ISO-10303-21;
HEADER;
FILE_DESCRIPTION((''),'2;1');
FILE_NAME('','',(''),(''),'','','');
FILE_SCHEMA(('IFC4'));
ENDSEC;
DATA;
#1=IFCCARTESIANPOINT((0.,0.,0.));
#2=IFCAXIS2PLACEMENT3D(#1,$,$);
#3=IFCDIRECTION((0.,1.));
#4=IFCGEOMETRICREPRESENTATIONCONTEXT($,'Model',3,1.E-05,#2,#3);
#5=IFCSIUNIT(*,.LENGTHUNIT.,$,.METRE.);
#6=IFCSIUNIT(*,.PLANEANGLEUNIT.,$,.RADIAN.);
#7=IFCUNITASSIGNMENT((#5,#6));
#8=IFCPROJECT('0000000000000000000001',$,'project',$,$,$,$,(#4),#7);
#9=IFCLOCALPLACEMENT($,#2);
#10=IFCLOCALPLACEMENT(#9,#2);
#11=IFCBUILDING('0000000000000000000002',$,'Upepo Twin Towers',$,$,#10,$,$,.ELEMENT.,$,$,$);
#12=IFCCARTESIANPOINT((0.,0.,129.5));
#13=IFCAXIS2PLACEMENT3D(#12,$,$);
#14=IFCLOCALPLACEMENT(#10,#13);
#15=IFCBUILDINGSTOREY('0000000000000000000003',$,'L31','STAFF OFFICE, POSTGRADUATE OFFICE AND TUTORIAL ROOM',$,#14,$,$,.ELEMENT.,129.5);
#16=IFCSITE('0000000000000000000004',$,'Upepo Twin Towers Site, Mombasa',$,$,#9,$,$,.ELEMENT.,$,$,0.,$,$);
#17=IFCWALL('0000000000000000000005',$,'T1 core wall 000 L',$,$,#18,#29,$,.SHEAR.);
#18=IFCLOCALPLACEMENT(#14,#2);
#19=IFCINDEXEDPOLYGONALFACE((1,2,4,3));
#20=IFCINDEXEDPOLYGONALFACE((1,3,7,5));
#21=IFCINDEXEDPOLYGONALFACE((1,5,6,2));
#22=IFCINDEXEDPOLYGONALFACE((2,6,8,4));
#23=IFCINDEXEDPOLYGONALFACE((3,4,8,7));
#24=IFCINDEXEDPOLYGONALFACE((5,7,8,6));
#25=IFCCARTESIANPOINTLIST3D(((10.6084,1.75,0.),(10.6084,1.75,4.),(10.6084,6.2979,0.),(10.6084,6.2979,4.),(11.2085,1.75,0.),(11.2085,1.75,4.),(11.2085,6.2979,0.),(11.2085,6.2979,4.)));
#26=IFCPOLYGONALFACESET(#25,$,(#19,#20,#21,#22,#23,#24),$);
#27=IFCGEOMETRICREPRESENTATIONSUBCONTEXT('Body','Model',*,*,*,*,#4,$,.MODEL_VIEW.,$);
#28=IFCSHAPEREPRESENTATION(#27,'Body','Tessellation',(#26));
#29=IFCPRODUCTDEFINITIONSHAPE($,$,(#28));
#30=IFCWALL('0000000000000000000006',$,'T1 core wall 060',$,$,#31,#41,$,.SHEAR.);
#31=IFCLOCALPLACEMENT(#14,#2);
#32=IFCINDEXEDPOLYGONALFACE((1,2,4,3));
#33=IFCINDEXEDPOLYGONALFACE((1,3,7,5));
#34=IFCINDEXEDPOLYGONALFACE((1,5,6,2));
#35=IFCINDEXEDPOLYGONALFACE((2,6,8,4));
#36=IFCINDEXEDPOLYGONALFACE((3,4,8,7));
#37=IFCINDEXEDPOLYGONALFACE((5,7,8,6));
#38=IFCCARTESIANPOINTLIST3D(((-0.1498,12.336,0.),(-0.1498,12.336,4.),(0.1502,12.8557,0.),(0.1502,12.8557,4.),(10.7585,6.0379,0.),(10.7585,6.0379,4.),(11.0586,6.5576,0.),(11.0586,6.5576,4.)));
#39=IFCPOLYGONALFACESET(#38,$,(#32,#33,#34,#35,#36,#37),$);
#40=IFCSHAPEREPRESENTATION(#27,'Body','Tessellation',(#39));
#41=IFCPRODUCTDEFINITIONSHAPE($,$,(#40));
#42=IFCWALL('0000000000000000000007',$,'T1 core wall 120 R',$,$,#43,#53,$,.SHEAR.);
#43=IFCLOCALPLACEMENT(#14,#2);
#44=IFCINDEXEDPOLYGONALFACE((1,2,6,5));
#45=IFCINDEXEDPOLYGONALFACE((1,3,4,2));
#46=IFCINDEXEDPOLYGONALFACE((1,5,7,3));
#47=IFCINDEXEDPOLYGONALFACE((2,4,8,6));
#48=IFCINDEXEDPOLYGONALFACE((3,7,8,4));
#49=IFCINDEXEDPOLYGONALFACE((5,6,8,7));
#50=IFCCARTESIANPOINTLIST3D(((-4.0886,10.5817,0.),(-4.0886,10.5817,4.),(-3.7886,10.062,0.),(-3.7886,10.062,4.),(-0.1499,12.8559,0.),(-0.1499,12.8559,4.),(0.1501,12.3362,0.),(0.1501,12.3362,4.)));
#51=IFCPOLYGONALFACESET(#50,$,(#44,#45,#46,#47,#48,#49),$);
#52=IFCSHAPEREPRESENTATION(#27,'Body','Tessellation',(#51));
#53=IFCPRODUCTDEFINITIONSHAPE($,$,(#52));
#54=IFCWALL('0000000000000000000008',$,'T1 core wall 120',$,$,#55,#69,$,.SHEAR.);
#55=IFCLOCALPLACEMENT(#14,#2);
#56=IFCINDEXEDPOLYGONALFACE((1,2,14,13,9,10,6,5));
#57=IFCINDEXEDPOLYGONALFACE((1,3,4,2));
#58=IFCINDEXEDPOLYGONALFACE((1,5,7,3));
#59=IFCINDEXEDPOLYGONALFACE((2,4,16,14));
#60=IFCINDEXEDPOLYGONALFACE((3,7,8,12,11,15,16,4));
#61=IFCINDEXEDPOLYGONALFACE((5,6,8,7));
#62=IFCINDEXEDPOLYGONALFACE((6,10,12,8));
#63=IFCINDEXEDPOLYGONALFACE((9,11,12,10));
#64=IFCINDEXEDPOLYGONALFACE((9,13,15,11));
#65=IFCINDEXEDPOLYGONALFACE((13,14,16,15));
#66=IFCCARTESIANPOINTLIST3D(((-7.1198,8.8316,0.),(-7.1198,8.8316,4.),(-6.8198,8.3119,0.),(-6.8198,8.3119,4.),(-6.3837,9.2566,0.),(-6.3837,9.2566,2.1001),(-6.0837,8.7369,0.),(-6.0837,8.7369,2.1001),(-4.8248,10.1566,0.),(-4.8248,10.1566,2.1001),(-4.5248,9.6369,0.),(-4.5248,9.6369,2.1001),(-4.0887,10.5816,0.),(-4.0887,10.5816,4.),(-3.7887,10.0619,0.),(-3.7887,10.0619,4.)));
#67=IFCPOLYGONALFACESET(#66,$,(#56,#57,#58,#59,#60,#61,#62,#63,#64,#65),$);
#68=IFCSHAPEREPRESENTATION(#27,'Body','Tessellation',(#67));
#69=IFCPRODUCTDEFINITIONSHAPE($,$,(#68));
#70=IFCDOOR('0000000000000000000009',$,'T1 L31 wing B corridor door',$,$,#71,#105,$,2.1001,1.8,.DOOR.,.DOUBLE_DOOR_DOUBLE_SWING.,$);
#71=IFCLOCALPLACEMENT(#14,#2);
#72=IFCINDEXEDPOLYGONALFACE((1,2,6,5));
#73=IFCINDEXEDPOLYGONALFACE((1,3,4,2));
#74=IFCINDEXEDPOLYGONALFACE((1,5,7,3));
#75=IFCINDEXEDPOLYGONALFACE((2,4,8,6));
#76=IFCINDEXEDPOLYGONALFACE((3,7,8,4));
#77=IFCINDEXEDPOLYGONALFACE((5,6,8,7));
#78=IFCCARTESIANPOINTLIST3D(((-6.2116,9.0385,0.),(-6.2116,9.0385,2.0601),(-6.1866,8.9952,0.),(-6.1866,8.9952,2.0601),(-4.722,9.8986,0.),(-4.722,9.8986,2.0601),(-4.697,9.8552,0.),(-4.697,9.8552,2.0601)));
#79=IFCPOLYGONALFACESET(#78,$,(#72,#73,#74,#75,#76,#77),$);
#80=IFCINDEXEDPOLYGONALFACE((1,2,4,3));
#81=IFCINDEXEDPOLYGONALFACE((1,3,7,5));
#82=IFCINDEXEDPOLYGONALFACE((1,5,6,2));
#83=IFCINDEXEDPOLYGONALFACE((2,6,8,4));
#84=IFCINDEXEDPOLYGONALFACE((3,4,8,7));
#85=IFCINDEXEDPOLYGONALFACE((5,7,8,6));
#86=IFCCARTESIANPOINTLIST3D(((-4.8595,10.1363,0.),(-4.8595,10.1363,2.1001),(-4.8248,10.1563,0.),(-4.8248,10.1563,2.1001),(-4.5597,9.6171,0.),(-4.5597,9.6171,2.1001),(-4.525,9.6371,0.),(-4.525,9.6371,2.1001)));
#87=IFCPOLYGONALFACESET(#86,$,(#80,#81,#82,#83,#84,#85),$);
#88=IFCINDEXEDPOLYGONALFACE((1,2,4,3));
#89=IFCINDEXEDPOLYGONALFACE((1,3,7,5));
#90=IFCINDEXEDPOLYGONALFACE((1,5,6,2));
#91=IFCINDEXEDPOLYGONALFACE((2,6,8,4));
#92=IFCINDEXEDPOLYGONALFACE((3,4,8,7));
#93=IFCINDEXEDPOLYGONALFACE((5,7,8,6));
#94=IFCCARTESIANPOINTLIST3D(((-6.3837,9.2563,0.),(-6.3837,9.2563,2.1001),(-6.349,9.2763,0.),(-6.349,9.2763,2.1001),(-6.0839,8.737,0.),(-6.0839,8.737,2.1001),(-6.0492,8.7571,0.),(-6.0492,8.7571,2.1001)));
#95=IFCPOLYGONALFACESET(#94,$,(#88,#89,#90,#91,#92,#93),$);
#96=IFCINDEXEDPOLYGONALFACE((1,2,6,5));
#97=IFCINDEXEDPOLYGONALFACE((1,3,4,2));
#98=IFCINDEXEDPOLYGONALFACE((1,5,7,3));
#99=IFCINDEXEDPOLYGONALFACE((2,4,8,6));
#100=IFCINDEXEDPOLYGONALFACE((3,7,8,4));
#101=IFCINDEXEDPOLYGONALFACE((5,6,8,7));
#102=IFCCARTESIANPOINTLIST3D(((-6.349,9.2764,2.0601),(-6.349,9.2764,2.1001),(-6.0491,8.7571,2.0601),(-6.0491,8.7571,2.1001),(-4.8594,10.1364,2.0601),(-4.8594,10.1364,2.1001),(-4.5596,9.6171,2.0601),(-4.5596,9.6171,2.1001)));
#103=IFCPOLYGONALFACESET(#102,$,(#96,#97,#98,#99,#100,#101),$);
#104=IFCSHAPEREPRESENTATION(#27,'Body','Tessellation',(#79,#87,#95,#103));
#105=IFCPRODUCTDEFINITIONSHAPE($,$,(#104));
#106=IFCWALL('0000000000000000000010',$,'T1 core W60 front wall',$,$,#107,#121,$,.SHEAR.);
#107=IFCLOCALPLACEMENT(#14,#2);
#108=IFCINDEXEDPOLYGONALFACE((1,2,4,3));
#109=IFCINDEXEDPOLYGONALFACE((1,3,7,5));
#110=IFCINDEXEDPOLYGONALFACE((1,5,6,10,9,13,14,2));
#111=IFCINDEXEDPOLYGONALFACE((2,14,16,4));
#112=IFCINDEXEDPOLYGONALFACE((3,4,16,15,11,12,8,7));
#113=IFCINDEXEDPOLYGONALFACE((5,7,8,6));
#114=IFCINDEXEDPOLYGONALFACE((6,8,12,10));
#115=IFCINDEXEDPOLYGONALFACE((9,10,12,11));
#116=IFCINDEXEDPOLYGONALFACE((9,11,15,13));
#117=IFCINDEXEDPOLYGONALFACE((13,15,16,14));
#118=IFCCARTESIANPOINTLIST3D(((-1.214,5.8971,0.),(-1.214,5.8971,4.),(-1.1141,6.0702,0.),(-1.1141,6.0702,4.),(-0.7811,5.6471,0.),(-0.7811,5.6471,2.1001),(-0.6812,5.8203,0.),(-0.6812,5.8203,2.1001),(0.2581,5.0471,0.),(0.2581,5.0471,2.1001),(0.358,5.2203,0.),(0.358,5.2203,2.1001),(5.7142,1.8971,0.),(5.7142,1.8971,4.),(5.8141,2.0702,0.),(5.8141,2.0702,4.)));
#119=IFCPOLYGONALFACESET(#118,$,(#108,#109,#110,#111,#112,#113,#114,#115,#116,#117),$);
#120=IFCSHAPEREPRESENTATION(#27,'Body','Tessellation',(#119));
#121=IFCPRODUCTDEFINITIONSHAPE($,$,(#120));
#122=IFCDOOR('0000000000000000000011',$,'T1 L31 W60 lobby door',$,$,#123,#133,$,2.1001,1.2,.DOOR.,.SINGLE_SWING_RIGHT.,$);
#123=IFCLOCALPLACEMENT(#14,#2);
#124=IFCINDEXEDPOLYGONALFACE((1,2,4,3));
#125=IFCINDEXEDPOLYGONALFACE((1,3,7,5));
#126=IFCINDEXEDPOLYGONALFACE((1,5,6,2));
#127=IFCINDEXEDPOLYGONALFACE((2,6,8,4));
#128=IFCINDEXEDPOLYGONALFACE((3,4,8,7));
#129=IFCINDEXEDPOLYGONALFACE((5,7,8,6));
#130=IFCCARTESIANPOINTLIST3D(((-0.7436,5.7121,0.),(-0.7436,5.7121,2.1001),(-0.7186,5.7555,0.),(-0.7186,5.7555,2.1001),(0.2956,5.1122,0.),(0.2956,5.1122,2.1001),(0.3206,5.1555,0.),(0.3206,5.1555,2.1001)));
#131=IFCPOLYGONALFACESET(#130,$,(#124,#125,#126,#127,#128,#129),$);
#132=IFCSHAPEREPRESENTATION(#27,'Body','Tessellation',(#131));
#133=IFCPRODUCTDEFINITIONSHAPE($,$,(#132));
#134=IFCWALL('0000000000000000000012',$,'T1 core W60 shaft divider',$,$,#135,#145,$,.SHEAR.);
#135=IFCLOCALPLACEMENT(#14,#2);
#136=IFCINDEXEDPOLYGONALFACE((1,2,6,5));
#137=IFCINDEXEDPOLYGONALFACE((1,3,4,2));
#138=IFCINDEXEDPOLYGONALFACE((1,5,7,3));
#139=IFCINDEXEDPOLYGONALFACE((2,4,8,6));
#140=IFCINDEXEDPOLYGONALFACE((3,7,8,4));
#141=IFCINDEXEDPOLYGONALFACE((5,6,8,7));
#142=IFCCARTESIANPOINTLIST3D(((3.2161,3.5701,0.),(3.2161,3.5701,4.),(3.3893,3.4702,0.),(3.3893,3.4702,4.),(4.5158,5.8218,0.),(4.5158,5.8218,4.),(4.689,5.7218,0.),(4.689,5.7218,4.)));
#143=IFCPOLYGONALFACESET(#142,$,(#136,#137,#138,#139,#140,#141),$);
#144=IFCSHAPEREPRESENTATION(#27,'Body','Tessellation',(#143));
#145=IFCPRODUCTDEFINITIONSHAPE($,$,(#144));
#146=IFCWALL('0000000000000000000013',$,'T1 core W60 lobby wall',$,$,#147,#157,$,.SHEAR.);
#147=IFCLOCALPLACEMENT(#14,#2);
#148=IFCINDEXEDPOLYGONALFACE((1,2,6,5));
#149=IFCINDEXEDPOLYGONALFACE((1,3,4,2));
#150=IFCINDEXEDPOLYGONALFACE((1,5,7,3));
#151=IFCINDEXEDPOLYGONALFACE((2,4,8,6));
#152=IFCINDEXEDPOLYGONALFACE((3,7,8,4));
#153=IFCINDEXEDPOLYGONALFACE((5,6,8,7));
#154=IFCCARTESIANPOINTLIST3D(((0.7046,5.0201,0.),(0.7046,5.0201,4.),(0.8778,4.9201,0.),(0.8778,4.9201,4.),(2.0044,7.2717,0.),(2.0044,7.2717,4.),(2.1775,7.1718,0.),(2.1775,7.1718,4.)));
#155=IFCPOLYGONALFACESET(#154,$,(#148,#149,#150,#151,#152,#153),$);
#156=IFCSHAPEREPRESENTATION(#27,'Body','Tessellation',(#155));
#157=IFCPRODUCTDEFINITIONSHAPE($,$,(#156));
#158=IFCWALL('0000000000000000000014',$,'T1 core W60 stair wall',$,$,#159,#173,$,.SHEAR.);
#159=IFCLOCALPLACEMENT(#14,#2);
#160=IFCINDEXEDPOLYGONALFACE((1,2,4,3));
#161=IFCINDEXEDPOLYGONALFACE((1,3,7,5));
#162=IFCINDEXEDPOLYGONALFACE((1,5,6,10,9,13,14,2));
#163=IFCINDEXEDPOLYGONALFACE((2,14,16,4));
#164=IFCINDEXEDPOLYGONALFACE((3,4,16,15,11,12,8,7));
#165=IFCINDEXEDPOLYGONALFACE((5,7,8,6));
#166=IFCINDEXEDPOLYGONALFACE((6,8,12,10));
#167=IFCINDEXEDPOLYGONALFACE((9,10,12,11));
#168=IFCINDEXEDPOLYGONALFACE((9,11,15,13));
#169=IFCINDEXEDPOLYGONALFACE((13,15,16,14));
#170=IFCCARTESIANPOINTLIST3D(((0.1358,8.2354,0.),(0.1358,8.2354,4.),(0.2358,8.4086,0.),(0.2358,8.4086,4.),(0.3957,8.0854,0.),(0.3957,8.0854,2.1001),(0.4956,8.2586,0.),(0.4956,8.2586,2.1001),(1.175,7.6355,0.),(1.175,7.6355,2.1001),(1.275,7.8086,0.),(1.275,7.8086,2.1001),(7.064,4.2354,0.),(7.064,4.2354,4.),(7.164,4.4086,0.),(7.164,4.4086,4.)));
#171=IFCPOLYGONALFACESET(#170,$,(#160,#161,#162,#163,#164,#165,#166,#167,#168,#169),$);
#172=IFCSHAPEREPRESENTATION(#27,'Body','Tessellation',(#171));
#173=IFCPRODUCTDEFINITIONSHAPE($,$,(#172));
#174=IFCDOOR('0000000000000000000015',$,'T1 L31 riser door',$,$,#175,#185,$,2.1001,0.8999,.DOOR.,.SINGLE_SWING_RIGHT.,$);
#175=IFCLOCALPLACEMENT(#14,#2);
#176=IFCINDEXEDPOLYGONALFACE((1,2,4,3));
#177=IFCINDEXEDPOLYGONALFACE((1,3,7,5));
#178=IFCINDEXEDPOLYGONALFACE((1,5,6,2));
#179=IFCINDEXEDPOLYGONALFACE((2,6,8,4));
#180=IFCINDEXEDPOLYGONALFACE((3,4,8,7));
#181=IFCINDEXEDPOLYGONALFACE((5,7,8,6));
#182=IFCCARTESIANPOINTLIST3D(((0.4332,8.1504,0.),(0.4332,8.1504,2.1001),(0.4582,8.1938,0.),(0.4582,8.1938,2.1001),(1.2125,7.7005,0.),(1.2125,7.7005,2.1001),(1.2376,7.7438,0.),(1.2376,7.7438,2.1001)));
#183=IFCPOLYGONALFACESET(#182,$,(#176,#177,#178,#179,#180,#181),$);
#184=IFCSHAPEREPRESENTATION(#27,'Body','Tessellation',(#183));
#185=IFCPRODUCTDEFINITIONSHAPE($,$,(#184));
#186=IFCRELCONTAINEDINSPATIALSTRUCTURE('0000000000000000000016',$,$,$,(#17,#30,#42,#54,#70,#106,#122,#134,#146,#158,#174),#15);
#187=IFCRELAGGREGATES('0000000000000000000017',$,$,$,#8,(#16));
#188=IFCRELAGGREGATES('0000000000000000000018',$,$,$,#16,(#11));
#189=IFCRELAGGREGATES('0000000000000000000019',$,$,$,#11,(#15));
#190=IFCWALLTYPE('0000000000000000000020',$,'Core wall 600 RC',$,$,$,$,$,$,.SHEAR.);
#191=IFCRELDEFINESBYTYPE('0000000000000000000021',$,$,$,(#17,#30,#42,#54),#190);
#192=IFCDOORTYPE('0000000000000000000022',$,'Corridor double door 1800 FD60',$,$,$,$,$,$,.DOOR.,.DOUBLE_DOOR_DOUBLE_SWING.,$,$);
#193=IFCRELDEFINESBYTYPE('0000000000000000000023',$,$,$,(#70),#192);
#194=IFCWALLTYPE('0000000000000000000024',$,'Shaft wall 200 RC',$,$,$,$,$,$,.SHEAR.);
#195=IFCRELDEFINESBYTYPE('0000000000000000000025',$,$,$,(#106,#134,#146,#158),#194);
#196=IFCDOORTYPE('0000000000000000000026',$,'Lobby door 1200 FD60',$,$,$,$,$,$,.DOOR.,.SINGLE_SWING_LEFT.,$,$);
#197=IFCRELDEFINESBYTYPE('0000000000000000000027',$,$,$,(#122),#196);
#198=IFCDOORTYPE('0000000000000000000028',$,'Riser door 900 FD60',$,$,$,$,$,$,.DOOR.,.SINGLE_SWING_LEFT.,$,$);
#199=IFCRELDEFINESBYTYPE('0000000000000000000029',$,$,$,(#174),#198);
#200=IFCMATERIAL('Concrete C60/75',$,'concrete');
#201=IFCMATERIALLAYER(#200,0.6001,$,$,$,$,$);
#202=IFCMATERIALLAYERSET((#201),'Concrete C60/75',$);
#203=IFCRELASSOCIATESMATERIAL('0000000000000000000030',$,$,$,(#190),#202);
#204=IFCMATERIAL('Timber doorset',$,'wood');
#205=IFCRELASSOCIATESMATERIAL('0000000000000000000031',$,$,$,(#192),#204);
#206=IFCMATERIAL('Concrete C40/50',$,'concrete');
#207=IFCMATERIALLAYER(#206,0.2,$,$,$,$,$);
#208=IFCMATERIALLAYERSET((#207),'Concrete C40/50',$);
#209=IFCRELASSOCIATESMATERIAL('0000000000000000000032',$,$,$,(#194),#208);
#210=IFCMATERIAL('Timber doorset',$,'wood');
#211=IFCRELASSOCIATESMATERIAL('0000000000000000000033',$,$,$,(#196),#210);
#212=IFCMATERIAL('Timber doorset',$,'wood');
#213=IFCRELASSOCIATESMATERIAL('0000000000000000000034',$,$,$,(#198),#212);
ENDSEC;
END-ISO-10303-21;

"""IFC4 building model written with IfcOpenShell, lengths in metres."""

from ifc_helpers import new_model, si_unit, direction, frame, frame_2d, origin, place, context, subcontext, project, spatial, rectangle, extrude, material, layer, layer_set, type_object, element, fill, save


model = new_model("IFC4")

# Units and contexts
model_context = context("Model", 3, precision=1e-05, world=origin(), true_north=direction((0.0, 1.0)))
body_context = subcontext(model_context, "Body", "Model", "MODEL_VIEW")
ifc_project = project(units=[si_unit("LENGTHUNIT", "METRE"), si_unit("PLANEANGLEUNIT", "RADIAN")], contexts=[model_context])

# Site, building, storey
site_placement = place(None, origin())
site = spatial("IfcSite", under=ifc_project, at=site_placement, Name="Upepo Twin Towers Site, Mombasa", CompositionType="ELEMENT", RefElevation=0.0)
building_placement = place(site_placement, origin())
building = spatial("IfcBuilding", under=site, at=building_placement, Name="Upepo Twin Towers", CompositionType="ELEMENT")
storey_placement = place(building_placement, frame((0.0, 0.0, 129.5)))
storey = spatial("IfcBuildingStorey", under=building, at=storey_placement, Name="L31", Description="STAFF OFFICE, POSTGRADUATE OFFICE AND TUTORIAL ROOM", CompositionType="ELEMENT", Elevation=129.5)

# Walls
ifc_material_1 = material(Name="Concrete C60/75", Category="concrete")
ifc_layer_1 = layer(ifc_material_1, 0.6001)
ifc_layer_set_1 = layer_set([ifc_layer_1], Name="Concrete C60/75")
wall_type_1 = type_object("IfcWallType", Name="Core wall 600 RC", PredefinedType="SHEAR", material=ifc_layer_set_1)
wall_1_placement = place(storey_placement, frame((10.9084, 1.75, 0.0), z_axis=(0.0, 0.0, 1.0), x_axis=(0.0, 1.0, 0.0)))
element("IfcWall", 1, at=wall_1_placement, inside=storey, type_object=wall_type_1, Name="T1 core wall 000 L", PredefinedType="SHEAR", context=body_context, shape_type="SweptSolid", body=[
    extrude(rectangle(XDim=4.5479, YDim=0.6001, at=frame_2d((2.2739, 0.0))), origin(), (0.0, 0.0, 1.0), 4.0),
])
wall_2_placement = place(storey_placement, frame((10.9084, 6.2979, 0.0), z_axis=(0.0, 0.0, 1.0), x_axis=(-0.866022, 0.500006, 0.0)))
element("IfcWall", 2, at=wall_2_placement, inside=storey, type_object=wall_type_1, Name="T1 core wall 060", PredefinedType="SHEAR", context=body_context, shape_type="SweptSolid", body=[
    extrude(rectangle(XDim=12.5959, YDim=0.6001, at=frame_2d((6.2979, 0.0))), origin(), (0.0, 0.0, 1.0), 4.0),
])
wall_3_placement = place(storey_placement, frame((0.0, 12.5959, 0.0), z_axis=(0.0, 0.0, 1.0), x_axis=(-0.866011, -0.500024, 0.0)))
element("IfcWall", 3, at=wall_3_placement, inside=storey, type_object=wall_type_1, Name="T1 core wall 120 R", PredefinedType="SHEAR", context=body_context, shape_type="SweptSolid", body=[
    extrude(rectangle(XDim=4.5481, YDim=0.6001, at=frame_2d((2.2739, 0.0))), origin(), (0.0, 0.0, 1.0), 4.0),
])

# Walls, openings, doors
wall_4_placement = place(storey_placement, frame((-3.9387, 10.3218, 0.0), z_axis=(0.0, 0.0, 1.0), x_axis=(-0.866019, -0.50001, 0.0)))
wall_4 = element("IfcWall", 4, at=wall_4_placement, inside=storey, type_object=wall_type_1, Name="T1 core wall 120", PredefinedType="SHEAR", context=body_context, shape_type="SweptSolid", body=[
    extrude(rectangle(XDim=3.5, YDim=0.6001, at=frame_2d((1.75, 0.0))), origin(), (0.0, 0.0, 1.0), 4.0),
])
opening_1_placement = place(wall_4_placement, frame((0.8501, 0.0, 0.0)))
opening_1 = element("IfcOpeningElement", 5, at=opening_1_placement, cuts=wall_4, PredefinedType="OPENING", context=body_context, shape_type="SweptSolid", body=[
    extrude(rectangle(XDim=1.8, YDim=2.1001, at=frame_2d((0.8999, 1.05))), frame((0.0, 0.3101, 0.0), z_axis=(0.0, -1.0, 0.0), x_axis=(1.0, 0.0, 0.0)), (0.0, 0.0, 1.0), 0.6201),
])
ifc_material_2 = material(Name="Timber doorset", Category="wood")
door_type_1 = type_object("IfcDoorType", Name="Corridor double door 1800 FD60", OperationType="DOUBLE_DOOR_DOUBLE_SWING", PredefinedType="DOOR", material=ifc_material_2)
door_1_placement = place(opening_1_placement, origin())
door_1 = element("IfcDoor", 6, at=door_1_placement, inside=storey, type_object=door_type_1, Name="T1 L31 wing B corridor door", OperationType="DOUBLE_DOOR_DOUBLE_SWING", OverallHeight=2.1001, OverallWidth=1.8, PredefinedType="DOOR", context=body_context, shape_type="SweptSolid", body=[
    extrude(rectangle(XDim=1.72, YDim=2.0601, at=frame_2d((0.8999, 1.03))), frame((0.0, 0.0249, 0.0), z_axis=(0.0, -1.0, 0.0), x_axis=(1.0, 0.0, 0.0)), (0.0, 0.0, 1.0), 0.05),
    extrude(rectangle(XDim=0.04, YDim=2.1001, at=frame_2d((0.02, 1.05))), frame((0.0, 0.2998, 0.0), z_axis=(0.0, -1.0, 0.0), x_axis=(1.0, 0.0, 0.0)), (0.0, 0.0, 1.0), 0.5996),
    extrude(rectangle(XDim=0.04, YDim=2.1001, at=frame_2d((1.78, 1.05))), frame((0.0, 0.2998, 0.0), z_axis=(0.0, -1.0, 0.0), x_axis=(1.0, 0.0, 0.0)), (0.0, 0.0, 1.0), 0.5996),
    extrude(rectangle(XDim=1.72, YDim=0.04, at=frame_2d((0.8999, 2.0801))), frame((0.0, 0.2998, 0.0), z_axis=(0.0, -1.0, 0.0), x_axis=(1.0, 0.0, 0.0)), (0.0, 0.0, 1.0), 0.5996),
])
fill(opening_1, door_1)
ifc_material_3 = material(Name="Concrete C40/50", Category="concrete")
ifc_layer_2 = layer(ifc_material_3, 0.2)
ifc_layer_set_2 = layer_set([ifc_layer_2], Name="Concrete C40/50")
wall_type_2 = type_object("IfcWallType", Name="Shaft wall 200 RC", PredefinedType="SHEAR", material=ifc_layer_set_2)
wall_5_placement = place(storey_placement, frame((5.7642, 1.9836, 0.0), z_axis=(0.0, 0.0, 1.0), x_axis=(-0.866026, 0.499999, 0.0)))
wall_5 = element("IfcWall", 7, at=wall_5_placement, inside=storey, type_object=wall_type_2, Name="T1 core W60 front wall", PredefinedType="SHEAR", context=body_context, shape_type="SweptSolid", body=[
    extrude(rectangle(XDim=8.0, YDim=0.2, at=frame_2d((4.0, 0.0))), origin(), (0.0, 0.0, 1.0), 4.0),
])
opening_2_placement = place(wall_5_placement, frame((6.3, 0.0, 0.0)))
opening_2 = element("IfcOpeningElement", 8, at=opening_2_placement, cuts=wall_5, PredefinedType="OPENING", context=body_context, shape_type="SweptSolid", body=[
    extrude(rectangle(XDim=1.2, YDim=2.1001, at=frame_2d((0.6001, 1.05))), frame((0.0, 0.1099, 0.0), z_axis=(0.0, -1.0, 0.0), x_axis=(1.0, 0.0, 0.0)), (0.0, 0.0, 1.0), 0.22),
])
ifc_material_4 = material(Name="Timber doorset", Category="wood")
door_type_2 = type_object("IfcDoorType", Name="Lobby door 1200 FD60", OperationType="SINGLE_SWING_LEFT", PredefinedType="DOOR", material=ifc_material_4)
door_2_placement = place(opening_2_placement, origin())
door_2 = element("IfcDoor", 9, at=door_2_placement, inside=storey, type_object=door_type_2, Name="T1 L31 W60 lobby door", OperationType="SINGLE_SWING_RIGHT", OverallHeight=2.1001, OverallWidth=1.2, PredefinedType="DOOR", context=body_context, shape_type="SweptSolid", body=[
    extrude(rectangle(XDim=1.2, YDim=2.1001, at=frame_2d((0.6001, 1.05))), frame((0.0, 0.0249, 0.0), z_axis=(0.0, -1.0, 0.0), x_axis=(1.0, 0.0, 0.0)), (0.0, 0.0, 1.0), 0.05),
])
fill(opening_2, door_2)

# Walls
for number, where, z_axis, x_axis, name in (
    (10, (3.3027, 3.5203, 0.0), (0.0, 0.0, 1.0), (0.499937, 0.866062, 0.0), "T1 core W60 shaft divider"),
    (11, (0.7913, 4.9702, 0.0), (0.0, 0.0, 1.0), (0.499937, 0.866062, 0.0), "T1 core W60 lobby wall"),
):
    element("IfcWall", number, at=place(storey_placement, frame(where, z_axis=z_axis, x_axis=x_axis)), inside=storey, type_object=wall_type_2, Name=name, PredefinedType="SHEAR", context=body_context, shape_type="SweptSolid", body=[
        extrude(rectangle(XDim=2.5999, YDim=0.2, at=frame_2d((1.2998, 0.0))), origin(), (0.0, 0.0, 1.0), 4.0),
    ])

# Wall, opening, door
wall_6_placement = place(storey_placement, frame((7.114, 4.322, 0.0), z_axis=(0.0, 0.0, 1.0), x_axis=(-0.866026, 0.499999, 0.0)))
wall_6 = element("IfcWall", 12, at=wall_6_placement, inside=storey, type_object=wall_type_2, Name="T1 core W60 stair wall", PredefinedType="SHEAR", context=body_context, shape_type="SweptSolid", body=[
    extrude(rectangle(XDim=8.0, YDim=0.2, at=frame_2d((4.0, 0.0))), origin(), (0.0, 0.0, 1.0), 4.0),
])
opening_3_placement = place(wall_6_placement, frame((6.8, 0.0, 0.0)))
opening_3 = element("IfcOpeningElement", 13, at=opening_3_placement, cuts=wall_6, PredefinedType="OPENING", context=body_context, shape_type="SweptSolid", body=[
    extrude(rectangle(XDim=0.8999, YDim=2.1001, at=frame_2d((0.45, 1.05))), frame((0.0, 0.1099, 0.0), z_axis=(0.0, -1.0, 0.0), x_axis=(1.0, 0.0, 0.0)), (0.0, 0.0, 1.0), 0.22),
])
ifc_material_5 = material(Name="Timber doorset", Category="wood")
door_type_3 = type_object("IfcDoorType", Name="Riser door 900 FD60", OperationType="SINGLE_SWING_LEFT", PredefinedType="DOOR", material=ifc_material_5)
door_3_placement = place(opening_3_placement, origin())
door_3 = element("IfcDoor", 14, at=door_3_placement, inside=storey, type_object=door_type_3, Name="T1 L31 riser door", OperationType="SINGLE_SWING_RIGHT", OverallHeight=2.1001, OverallWidth=0.8999, PredefinedType="DOOR", context=body_context, shape_type="SweptSolid", body=[
    extrude(rectangle(XDim=0.8999, YDim=2.1001, at=frame_2d((0.45, 1.05))), frame((0.0, 0.0249, 0.0), z_axis=(0.0, -1.0, 0.0), x_axis=(1.0, 0.0, 0.0)), (0.0, 0.0, 1.0), 0.05),
])
fill(opening_3, door_3)

save(model, "model.ifc")
